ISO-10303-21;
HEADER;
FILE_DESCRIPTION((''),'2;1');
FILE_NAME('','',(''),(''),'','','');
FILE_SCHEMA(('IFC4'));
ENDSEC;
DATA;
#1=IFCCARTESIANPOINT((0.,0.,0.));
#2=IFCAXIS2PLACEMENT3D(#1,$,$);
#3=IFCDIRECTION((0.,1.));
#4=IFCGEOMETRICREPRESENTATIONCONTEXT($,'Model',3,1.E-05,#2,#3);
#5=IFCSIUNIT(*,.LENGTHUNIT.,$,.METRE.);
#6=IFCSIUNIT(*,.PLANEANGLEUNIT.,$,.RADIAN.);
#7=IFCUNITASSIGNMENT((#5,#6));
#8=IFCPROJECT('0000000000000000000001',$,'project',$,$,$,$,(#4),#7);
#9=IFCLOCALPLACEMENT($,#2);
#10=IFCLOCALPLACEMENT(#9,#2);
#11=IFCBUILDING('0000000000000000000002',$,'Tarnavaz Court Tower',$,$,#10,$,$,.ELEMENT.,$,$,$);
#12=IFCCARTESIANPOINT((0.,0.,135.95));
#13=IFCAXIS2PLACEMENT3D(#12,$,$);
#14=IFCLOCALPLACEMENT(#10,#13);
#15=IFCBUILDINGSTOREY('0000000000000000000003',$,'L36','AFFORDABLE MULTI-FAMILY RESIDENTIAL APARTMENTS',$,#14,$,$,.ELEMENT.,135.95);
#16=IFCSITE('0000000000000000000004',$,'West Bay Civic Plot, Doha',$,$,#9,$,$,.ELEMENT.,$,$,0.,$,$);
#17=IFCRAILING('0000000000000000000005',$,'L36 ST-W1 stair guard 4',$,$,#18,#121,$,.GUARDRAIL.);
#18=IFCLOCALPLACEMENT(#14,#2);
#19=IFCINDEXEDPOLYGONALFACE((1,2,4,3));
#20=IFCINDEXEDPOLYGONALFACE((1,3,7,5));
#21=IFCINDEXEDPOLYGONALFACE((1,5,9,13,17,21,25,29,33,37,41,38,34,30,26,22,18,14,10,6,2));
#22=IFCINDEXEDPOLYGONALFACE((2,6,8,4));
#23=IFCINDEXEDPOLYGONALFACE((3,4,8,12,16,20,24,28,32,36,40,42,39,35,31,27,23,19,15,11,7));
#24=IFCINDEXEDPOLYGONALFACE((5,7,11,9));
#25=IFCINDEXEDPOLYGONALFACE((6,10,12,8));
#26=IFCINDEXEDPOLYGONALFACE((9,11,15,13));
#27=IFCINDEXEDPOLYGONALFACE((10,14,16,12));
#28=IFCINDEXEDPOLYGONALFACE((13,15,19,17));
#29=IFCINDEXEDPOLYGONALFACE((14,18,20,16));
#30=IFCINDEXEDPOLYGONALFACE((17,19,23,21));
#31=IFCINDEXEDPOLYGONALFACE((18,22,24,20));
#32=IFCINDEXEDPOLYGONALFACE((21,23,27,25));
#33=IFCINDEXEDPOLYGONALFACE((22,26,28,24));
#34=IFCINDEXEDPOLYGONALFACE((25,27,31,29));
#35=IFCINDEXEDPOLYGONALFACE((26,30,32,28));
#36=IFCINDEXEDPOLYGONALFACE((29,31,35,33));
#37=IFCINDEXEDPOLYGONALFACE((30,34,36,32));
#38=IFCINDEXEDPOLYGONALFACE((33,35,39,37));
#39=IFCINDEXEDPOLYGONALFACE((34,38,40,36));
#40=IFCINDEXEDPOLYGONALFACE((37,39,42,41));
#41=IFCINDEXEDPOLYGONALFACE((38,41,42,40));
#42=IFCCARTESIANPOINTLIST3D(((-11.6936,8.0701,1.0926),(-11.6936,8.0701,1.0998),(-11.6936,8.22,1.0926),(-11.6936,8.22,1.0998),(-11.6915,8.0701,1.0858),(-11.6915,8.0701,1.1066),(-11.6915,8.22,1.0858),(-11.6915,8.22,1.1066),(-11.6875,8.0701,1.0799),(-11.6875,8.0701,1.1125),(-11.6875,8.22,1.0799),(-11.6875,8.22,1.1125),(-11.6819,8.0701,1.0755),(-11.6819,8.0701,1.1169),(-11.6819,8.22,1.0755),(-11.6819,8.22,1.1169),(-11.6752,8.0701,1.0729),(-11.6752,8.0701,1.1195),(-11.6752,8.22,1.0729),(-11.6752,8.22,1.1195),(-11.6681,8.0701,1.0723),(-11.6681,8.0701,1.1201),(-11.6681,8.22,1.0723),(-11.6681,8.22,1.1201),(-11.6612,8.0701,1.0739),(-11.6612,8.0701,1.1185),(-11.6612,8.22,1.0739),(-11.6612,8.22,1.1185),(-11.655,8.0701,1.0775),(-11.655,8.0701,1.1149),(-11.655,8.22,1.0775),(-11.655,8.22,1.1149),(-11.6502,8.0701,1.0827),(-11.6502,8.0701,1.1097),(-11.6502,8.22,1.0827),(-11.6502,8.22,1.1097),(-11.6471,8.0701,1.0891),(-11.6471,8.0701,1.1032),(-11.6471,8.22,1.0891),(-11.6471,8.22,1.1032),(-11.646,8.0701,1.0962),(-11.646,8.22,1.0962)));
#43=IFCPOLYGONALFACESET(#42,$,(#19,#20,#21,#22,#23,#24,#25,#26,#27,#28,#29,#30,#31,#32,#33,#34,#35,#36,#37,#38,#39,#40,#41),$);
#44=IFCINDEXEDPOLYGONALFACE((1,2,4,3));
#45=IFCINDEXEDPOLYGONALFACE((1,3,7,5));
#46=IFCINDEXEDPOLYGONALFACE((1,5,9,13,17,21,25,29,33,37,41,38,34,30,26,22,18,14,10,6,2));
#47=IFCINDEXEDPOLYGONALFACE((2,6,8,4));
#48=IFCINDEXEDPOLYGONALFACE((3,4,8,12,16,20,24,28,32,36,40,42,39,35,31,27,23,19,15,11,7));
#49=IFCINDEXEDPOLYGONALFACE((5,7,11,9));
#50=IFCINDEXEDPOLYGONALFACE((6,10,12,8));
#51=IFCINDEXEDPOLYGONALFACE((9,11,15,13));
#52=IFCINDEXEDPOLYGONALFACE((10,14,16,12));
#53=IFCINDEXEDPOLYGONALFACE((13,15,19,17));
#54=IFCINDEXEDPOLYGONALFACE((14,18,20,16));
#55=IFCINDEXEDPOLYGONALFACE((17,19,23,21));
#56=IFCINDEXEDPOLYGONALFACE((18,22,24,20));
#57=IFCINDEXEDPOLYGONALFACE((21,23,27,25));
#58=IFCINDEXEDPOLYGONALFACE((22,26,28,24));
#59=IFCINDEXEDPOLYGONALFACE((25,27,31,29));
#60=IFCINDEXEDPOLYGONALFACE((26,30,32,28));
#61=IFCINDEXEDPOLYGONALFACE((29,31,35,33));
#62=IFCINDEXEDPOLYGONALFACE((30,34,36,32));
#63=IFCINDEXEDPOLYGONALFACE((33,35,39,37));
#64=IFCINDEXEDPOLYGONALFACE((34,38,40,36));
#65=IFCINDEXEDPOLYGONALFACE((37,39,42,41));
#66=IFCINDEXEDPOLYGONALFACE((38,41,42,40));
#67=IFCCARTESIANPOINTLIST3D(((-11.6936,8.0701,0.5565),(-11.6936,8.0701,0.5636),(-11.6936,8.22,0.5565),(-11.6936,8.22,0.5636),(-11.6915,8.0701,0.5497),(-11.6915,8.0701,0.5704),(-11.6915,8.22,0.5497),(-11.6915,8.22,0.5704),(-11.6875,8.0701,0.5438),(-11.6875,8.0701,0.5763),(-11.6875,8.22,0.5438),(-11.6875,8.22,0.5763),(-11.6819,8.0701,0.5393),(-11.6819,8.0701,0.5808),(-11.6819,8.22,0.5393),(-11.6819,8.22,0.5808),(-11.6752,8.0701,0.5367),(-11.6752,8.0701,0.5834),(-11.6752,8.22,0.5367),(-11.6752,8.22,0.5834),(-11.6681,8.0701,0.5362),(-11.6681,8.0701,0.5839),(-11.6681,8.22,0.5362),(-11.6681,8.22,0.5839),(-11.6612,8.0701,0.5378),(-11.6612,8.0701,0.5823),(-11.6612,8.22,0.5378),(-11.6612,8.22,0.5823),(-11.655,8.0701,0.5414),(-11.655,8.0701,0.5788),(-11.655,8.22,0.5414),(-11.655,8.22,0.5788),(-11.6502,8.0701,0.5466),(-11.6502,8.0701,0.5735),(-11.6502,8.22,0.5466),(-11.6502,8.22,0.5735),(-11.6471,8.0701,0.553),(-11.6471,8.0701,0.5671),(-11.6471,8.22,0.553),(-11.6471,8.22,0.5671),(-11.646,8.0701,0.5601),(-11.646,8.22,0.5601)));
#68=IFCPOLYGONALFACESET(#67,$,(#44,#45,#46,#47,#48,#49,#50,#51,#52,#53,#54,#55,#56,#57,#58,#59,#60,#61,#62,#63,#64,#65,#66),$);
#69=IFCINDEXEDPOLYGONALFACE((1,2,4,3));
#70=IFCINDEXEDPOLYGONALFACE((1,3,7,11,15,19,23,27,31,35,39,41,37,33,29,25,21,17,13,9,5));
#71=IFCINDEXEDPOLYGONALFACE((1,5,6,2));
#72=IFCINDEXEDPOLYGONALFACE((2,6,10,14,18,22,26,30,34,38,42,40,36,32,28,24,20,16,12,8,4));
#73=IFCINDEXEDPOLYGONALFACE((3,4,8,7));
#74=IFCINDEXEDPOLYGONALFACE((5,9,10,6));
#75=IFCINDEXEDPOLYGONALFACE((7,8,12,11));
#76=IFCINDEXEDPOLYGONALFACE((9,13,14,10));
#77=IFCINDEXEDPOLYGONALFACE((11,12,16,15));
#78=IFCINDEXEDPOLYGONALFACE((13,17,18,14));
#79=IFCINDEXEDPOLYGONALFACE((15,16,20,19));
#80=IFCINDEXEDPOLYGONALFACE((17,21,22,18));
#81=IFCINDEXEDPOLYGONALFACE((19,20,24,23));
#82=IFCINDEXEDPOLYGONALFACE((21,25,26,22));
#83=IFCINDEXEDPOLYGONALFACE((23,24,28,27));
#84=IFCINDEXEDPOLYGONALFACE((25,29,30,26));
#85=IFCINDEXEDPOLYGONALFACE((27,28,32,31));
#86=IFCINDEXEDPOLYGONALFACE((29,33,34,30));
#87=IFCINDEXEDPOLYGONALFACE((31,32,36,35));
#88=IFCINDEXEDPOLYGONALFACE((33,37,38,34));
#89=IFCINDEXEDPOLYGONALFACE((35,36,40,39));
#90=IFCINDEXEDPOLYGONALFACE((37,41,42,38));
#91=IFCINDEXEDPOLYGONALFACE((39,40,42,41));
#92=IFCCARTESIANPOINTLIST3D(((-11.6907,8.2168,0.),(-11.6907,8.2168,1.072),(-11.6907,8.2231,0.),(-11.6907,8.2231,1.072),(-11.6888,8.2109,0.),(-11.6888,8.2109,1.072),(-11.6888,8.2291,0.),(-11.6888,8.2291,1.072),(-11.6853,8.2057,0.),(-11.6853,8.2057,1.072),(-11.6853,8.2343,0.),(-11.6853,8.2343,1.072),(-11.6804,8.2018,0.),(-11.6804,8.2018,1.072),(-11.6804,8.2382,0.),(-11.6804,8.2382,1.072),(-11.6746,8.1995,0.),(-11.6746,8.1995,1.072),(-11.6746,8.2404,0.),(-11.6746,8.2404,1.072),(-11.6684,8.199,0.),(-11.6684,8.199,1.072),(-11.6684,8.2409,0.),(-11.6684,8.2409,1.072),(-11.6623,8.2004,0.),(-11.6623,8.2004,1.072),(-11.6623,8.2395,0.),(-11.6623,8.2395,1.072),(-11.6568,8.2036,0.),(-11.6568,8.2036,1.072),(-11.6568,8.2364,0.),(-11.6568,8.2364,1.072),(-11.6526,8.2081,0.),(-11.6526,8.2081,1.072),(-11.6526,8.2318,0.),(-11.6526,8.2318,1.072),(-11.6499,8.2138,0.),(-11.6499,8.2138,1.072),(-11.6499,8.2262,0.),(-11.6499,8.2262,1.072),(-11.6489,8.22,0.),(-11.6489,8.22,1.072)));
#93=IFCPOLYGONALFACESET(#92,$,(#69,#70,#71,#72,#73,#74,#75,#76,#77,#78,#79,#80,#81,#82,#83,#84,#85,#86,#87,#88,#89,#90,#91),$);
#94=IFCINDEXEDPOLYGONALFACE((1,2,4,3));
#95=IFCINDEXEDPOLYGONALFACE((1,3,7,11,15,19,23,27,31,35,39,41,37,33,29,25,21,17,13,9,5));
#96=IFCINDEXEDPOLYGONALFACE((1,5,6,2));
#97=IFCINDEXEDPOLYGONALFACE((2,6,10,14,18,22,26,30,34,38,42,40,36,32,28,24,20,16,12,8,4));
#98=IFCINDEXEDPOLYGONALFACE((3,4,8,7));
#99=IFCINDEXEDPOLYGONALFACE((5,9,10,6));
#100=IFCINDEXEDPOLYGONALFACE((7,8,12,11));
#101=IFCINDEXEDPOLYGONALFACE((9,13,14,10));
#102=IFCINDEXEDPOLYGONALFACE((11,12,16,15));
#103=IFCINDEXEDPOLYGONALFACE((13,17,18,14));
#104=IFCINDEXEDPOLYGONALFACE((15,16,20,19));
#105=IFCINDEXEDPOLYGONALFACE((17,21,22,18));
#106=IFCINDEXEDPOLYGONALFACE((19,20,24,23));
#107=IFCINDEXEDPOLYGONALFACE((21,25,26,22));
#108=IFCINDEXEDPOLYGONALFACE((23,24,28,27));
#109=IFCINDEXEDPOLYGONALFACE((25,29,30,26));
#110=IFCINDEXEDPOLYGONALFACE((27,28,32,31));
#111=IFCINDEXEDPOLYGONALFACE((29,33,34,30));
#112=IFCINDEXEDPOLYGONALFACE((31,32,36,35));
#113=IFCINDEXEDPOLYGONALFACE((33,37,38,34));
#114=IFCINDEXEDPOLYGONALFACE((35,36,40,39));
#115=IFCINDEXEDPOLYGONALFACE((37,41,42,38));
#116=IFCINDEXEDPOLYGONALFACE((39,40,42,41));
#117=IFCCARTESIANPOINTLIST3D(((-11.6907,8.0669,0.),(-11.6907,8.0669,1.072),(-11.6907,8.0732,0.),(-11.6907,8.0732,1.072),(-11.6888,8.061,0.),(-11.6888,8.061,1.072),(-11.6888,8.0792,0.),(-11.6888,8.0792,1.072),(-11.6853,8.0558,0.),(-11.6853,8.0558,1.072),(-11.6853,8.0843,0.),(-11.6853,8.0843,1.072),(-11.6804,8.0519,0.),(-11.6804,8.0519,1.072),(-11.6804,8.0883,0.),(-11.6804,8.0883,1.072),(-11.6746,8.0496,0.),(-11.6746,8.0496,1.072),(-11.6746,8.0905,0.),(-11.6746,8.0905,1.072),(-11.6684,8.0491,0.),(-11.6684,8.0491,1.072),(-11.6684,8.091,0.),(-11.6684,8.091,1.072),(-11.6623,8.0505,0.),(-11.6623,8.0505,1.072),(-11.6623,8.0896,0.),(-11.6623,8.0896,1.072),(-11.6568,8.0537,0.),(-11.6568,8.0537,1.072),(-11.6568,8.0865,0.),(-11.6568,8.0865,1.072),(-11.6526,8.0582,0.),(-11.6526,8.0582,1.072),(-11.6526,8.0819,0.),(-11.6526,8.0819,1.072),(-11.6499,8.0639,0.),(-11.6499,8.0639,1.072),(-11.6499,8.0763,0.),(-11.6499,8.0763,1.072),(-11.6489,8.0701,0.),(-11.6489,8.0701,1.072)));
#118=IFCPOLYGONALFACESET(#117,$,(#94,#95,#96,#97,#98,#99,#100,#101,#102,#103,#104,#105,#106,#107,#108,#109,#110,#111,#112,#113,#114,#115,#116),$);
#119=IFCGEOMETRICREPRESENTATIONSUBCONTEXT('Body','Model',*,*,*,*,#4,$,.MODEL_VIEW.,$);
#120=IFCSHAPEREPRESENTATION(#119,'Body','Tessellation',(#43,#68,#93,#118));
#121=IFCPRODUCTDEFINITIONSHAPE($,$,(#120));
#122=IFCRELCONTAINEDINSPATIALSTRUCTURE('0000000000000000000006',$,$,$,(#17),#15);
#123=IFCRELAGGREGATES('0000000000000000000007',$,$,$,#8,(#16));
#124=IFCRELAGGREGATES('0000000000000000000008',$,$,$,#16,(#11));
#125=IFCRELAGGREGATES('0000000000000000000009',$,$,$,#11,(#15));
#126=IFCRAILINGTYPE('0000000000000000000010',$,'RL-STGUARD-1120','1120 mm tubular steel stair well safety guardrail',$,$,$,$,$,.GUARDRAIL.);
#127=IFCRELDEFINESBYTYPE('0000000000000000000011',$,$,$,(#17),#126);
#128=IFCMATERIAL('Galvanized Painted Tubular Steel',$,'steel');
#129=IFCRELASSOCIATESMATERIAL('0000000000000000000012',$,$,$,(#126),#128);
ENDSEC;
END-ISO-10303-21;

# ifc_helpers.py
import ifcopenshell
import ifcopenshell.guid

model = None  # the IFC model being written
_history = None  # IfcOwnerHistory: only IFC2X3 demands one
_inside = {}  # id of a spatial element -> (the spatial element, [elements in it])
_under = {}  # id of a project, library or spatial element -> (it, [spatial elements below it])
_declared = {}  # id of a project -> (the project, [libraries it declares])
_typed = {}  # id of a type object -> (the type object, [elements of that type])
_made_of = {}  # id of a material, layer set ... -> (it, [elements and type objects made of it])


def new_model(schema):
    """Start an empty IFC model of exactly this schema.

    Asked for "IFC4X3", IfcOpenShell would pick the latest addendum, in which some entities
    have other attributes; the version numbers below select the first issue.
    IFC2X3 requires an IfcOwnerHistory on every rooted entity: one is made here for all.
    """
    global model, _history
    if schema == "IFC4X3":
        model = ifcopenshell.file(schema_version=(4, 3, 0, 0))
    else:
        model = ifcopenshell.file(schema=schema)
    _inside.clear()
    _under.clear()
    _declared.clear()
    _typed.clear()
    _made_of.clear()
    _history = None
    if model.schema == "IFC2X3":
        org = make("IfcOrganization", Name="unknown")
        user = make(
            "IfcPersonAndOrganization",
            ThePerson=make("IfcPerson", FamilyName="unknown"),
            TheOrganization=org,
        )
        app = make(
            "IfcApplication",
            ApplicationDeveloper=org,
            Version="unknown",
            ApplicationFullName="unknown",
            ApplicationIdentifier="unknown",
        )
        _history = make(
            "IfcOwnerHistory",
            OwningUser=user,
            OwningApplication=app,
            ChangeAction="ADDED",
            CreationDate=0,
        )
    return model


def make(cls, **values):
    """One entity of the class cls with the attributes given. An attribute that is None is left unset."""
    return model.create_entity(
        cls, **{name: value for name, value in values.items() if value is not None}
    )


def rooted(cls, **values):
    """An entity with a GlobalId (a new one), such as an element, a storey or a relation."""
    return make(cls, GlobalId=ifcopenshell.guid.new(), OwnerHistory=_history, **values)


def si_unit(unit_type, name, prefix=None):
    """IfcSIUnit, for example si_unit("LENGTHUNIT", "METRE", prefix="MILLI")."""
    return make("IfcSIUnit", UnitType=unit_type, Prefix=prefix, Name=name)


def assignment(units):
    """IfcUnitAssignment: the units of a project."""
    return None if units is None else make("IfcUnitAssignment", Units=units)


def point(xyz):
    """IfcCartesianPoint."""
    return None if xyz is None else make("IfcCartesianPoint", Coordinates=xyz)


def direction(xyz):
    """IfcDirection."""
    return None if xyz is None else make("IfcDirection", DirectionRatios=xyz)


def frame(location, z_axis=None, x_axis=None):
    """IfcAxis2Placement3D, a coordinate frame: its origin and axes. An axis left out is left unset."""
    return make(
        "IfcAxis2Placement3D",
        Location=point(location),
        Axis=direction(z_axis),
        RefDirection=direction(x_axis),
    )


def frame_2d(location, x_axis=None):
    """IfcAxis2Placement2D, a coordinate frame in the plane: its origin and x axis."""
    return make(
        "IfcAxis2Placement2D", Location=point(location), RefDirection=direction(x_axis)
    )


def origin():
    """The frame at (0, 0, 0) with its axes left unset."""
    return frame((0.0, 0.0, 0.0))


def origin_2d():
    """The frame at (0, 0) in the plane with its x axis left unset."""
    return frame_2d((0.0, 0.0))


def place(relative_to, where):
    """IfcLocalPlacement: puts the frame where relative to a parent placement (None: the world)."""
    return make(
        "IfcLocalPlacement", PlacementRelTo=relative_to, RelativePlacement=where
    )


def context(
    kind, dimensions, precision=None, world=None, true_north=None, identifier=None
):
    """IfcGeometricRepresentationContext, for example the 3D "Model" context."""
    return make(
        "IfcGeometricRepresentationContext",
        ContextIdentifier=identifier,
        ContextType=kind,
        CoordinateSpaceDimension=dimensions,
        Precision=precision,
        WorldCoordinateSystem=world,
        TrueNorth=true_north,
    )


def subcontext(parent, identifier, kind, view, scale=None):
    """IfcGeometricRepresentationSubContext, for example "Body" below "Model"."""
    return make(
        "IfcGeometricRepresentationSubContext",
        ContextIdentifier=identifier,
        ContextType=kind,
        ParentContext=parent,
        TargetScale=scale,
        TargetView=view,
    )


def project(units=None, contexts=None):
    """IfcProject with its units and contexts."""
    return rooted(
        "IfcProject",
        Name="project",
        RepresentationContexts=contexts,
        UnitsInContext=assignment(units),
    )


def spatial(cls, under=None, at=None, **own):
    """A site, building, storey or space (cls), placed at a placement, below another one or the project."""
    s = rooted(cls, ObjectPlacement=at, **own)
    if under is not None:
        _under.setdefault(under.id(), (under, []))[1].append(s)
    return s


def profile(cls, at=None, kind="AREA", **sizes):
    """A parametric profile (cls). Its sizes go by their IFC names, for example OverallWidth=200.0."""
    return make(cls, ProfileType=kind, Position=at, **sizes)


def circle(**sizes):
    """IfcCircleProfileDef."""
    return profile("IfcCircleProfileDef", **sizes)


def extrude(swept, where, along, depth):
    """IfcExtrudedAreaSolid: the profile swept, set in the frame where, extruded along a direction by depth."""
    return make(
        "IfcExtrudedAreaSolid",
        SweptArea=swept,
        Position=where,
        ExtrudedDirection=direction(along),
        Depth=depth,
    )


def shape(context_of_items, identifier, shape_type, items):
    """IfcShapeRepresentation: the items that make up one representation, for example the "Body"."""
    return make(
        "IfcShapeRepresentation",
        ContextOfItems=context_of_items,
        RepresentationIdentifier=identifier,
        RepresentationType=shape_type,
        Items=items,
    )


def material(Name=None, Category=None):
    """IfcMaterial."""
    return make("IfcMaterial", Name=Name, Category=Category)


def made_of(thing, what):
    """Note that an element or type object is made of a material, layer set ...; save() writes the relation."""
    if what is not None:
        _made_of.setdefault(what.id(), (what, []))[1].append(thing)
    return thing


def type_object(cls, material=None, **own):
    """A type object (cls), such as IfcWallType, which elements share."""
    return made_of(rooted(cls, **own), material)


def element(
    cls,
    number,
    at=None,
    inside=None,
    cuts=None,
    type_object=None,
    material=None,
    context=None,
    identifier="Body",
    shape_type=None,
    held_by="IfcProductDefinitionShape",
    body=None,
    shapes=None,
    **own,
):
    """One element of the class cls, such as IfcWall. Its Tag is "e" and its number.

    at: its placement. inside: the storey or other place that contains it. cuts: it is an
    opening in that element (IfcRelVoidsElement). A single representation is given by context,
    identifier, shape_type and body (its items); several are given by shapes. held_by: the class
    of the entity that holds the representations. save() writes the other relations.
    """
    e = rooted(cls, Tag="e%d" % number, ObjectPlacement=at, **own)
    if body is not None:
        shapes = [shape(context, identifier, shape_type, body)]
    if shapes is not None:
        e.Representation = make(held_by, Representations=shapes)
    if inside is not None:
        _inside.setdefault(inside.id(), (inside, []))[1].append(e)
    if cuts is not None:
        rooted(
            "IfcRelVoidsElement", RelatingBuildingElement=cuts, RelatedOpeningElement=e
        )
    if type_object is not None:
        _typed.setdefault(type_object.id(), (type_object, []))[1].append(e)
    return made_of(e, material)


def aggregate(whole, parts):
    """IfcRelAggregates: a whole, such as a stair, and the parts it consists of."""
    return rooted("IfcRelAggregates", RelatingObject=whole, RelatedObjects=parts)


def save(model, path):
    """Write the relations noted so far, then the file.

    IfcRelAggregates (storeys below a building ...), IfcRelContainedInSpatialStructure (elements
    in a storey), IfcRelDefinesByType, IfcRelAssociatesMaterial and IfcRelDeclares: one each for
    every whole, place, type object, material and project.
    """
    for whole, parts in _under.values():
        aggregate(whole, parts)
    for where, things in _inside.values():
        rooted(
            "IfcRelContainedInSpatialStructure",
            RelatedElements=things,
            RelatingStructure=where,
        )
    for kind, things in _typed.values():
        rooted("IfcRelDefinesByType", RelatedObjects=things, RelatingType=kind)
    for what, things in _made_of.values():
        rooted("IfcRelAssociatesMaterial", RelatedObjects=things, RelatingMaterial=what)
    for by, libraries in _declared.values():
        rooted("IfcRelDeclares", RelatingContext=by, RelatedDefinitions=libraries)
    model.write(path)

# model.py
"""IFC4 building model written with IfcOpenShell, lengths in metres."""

from ifc_helpers import new_model, si_unit, direction, frame, origin, origin_2d, place, context, subcontext, project, spatial, circle, extrude, material, type_object, element, save


model = new_model("IFC4")

# Units and contexts
model_context = context("Model", 3, precision=1e-05, world=origin(), true_north=direction((0.0, 1.0)))
body_context = subcontext(model_context, "Body", "Model", "MODEL_VIEW")
ifc_project = project(units=[si_unit("LENGTHUNIT", "METRE"), si_unit("PLANEANGLEUNIT", "RADIAN")], contexts=[model_context])

# Site, building, storey
site_placement = place(None, origin())
site = spatial("IfcSite", under=ifc_project, at=site_placement, Name="West Bay Civic Plot, Doha", CompositionType="ELEMENT", RefElevation=0.0)
building_placement = place(site_placement, origin())
building = spatial("IfcBuilding", under=site, at=building_placement, Name="Tarnavaz Court Tower", CompositionType="ELEMENT")
storey_placement = place(building_placement, frame((0.0, 0.0, 135.95)))
storey = spatial("IfcBuildingStorey", under=building, at=storey_placement, Name="L36", Description="AFFORDABLE MULTI-FAMILY RESIDENTIAL APARTMENTS", CompositionType="ELEMENT", Elevation=135.95)

# Railing
ifc_material_1 = material(Name="Galvanized Painted Tubular Steel", Category="steel")
railing_type_1 = type_object("IfcRailingType", Name="RL-STGUARD-1120", Description="1120 mm tubular steel stair well safety guardrail", PredefinedType="GUARDRAIL", material=ifc_material_1)
railing_1_placement = place(storey_placement, frame((-11.6699, 8.22, 0.0)))
element("IfcRailing", 1, at=railing_1_placement, inside=storey, type_object=railing_type_1, Name="L36 ST-W1 stair guard 4", PredefinedType="GUARDRAIL", context=body_context, shape_type="SweptSolid", body=[
    extrude(circle(Radius=0.0239, at=origin_2d()), frame((0.0, 0.0, 1.0962), z_axis=(0.0, -1.0, 0.0), x_axis=(1.0, 0.0, 0.0)), (0.0, 0.0, 1.0), 0.1499),
    extrude(circle(Radius=0.0239, at=origin_2d()), frame((0.0, 0.0, 0.5601), z_axis=(0.0, -1.0, 0.0), x_axis=(1.0, 0.0, 0.0)), (0.0, 0.0, 1.0), 0.1499),
    extrude(circle(Radius=0.021, at=origin_2d()), origin(), (0.0, 0.0, 1.0), 1.072),
    extrude(circle(Radius=0.021, at=origin_2d()), frame((0.0, -0.1499, 0.0)), (0.0, 0.0, 1.0), 1.072),
])

save(model, "model.ifc")
